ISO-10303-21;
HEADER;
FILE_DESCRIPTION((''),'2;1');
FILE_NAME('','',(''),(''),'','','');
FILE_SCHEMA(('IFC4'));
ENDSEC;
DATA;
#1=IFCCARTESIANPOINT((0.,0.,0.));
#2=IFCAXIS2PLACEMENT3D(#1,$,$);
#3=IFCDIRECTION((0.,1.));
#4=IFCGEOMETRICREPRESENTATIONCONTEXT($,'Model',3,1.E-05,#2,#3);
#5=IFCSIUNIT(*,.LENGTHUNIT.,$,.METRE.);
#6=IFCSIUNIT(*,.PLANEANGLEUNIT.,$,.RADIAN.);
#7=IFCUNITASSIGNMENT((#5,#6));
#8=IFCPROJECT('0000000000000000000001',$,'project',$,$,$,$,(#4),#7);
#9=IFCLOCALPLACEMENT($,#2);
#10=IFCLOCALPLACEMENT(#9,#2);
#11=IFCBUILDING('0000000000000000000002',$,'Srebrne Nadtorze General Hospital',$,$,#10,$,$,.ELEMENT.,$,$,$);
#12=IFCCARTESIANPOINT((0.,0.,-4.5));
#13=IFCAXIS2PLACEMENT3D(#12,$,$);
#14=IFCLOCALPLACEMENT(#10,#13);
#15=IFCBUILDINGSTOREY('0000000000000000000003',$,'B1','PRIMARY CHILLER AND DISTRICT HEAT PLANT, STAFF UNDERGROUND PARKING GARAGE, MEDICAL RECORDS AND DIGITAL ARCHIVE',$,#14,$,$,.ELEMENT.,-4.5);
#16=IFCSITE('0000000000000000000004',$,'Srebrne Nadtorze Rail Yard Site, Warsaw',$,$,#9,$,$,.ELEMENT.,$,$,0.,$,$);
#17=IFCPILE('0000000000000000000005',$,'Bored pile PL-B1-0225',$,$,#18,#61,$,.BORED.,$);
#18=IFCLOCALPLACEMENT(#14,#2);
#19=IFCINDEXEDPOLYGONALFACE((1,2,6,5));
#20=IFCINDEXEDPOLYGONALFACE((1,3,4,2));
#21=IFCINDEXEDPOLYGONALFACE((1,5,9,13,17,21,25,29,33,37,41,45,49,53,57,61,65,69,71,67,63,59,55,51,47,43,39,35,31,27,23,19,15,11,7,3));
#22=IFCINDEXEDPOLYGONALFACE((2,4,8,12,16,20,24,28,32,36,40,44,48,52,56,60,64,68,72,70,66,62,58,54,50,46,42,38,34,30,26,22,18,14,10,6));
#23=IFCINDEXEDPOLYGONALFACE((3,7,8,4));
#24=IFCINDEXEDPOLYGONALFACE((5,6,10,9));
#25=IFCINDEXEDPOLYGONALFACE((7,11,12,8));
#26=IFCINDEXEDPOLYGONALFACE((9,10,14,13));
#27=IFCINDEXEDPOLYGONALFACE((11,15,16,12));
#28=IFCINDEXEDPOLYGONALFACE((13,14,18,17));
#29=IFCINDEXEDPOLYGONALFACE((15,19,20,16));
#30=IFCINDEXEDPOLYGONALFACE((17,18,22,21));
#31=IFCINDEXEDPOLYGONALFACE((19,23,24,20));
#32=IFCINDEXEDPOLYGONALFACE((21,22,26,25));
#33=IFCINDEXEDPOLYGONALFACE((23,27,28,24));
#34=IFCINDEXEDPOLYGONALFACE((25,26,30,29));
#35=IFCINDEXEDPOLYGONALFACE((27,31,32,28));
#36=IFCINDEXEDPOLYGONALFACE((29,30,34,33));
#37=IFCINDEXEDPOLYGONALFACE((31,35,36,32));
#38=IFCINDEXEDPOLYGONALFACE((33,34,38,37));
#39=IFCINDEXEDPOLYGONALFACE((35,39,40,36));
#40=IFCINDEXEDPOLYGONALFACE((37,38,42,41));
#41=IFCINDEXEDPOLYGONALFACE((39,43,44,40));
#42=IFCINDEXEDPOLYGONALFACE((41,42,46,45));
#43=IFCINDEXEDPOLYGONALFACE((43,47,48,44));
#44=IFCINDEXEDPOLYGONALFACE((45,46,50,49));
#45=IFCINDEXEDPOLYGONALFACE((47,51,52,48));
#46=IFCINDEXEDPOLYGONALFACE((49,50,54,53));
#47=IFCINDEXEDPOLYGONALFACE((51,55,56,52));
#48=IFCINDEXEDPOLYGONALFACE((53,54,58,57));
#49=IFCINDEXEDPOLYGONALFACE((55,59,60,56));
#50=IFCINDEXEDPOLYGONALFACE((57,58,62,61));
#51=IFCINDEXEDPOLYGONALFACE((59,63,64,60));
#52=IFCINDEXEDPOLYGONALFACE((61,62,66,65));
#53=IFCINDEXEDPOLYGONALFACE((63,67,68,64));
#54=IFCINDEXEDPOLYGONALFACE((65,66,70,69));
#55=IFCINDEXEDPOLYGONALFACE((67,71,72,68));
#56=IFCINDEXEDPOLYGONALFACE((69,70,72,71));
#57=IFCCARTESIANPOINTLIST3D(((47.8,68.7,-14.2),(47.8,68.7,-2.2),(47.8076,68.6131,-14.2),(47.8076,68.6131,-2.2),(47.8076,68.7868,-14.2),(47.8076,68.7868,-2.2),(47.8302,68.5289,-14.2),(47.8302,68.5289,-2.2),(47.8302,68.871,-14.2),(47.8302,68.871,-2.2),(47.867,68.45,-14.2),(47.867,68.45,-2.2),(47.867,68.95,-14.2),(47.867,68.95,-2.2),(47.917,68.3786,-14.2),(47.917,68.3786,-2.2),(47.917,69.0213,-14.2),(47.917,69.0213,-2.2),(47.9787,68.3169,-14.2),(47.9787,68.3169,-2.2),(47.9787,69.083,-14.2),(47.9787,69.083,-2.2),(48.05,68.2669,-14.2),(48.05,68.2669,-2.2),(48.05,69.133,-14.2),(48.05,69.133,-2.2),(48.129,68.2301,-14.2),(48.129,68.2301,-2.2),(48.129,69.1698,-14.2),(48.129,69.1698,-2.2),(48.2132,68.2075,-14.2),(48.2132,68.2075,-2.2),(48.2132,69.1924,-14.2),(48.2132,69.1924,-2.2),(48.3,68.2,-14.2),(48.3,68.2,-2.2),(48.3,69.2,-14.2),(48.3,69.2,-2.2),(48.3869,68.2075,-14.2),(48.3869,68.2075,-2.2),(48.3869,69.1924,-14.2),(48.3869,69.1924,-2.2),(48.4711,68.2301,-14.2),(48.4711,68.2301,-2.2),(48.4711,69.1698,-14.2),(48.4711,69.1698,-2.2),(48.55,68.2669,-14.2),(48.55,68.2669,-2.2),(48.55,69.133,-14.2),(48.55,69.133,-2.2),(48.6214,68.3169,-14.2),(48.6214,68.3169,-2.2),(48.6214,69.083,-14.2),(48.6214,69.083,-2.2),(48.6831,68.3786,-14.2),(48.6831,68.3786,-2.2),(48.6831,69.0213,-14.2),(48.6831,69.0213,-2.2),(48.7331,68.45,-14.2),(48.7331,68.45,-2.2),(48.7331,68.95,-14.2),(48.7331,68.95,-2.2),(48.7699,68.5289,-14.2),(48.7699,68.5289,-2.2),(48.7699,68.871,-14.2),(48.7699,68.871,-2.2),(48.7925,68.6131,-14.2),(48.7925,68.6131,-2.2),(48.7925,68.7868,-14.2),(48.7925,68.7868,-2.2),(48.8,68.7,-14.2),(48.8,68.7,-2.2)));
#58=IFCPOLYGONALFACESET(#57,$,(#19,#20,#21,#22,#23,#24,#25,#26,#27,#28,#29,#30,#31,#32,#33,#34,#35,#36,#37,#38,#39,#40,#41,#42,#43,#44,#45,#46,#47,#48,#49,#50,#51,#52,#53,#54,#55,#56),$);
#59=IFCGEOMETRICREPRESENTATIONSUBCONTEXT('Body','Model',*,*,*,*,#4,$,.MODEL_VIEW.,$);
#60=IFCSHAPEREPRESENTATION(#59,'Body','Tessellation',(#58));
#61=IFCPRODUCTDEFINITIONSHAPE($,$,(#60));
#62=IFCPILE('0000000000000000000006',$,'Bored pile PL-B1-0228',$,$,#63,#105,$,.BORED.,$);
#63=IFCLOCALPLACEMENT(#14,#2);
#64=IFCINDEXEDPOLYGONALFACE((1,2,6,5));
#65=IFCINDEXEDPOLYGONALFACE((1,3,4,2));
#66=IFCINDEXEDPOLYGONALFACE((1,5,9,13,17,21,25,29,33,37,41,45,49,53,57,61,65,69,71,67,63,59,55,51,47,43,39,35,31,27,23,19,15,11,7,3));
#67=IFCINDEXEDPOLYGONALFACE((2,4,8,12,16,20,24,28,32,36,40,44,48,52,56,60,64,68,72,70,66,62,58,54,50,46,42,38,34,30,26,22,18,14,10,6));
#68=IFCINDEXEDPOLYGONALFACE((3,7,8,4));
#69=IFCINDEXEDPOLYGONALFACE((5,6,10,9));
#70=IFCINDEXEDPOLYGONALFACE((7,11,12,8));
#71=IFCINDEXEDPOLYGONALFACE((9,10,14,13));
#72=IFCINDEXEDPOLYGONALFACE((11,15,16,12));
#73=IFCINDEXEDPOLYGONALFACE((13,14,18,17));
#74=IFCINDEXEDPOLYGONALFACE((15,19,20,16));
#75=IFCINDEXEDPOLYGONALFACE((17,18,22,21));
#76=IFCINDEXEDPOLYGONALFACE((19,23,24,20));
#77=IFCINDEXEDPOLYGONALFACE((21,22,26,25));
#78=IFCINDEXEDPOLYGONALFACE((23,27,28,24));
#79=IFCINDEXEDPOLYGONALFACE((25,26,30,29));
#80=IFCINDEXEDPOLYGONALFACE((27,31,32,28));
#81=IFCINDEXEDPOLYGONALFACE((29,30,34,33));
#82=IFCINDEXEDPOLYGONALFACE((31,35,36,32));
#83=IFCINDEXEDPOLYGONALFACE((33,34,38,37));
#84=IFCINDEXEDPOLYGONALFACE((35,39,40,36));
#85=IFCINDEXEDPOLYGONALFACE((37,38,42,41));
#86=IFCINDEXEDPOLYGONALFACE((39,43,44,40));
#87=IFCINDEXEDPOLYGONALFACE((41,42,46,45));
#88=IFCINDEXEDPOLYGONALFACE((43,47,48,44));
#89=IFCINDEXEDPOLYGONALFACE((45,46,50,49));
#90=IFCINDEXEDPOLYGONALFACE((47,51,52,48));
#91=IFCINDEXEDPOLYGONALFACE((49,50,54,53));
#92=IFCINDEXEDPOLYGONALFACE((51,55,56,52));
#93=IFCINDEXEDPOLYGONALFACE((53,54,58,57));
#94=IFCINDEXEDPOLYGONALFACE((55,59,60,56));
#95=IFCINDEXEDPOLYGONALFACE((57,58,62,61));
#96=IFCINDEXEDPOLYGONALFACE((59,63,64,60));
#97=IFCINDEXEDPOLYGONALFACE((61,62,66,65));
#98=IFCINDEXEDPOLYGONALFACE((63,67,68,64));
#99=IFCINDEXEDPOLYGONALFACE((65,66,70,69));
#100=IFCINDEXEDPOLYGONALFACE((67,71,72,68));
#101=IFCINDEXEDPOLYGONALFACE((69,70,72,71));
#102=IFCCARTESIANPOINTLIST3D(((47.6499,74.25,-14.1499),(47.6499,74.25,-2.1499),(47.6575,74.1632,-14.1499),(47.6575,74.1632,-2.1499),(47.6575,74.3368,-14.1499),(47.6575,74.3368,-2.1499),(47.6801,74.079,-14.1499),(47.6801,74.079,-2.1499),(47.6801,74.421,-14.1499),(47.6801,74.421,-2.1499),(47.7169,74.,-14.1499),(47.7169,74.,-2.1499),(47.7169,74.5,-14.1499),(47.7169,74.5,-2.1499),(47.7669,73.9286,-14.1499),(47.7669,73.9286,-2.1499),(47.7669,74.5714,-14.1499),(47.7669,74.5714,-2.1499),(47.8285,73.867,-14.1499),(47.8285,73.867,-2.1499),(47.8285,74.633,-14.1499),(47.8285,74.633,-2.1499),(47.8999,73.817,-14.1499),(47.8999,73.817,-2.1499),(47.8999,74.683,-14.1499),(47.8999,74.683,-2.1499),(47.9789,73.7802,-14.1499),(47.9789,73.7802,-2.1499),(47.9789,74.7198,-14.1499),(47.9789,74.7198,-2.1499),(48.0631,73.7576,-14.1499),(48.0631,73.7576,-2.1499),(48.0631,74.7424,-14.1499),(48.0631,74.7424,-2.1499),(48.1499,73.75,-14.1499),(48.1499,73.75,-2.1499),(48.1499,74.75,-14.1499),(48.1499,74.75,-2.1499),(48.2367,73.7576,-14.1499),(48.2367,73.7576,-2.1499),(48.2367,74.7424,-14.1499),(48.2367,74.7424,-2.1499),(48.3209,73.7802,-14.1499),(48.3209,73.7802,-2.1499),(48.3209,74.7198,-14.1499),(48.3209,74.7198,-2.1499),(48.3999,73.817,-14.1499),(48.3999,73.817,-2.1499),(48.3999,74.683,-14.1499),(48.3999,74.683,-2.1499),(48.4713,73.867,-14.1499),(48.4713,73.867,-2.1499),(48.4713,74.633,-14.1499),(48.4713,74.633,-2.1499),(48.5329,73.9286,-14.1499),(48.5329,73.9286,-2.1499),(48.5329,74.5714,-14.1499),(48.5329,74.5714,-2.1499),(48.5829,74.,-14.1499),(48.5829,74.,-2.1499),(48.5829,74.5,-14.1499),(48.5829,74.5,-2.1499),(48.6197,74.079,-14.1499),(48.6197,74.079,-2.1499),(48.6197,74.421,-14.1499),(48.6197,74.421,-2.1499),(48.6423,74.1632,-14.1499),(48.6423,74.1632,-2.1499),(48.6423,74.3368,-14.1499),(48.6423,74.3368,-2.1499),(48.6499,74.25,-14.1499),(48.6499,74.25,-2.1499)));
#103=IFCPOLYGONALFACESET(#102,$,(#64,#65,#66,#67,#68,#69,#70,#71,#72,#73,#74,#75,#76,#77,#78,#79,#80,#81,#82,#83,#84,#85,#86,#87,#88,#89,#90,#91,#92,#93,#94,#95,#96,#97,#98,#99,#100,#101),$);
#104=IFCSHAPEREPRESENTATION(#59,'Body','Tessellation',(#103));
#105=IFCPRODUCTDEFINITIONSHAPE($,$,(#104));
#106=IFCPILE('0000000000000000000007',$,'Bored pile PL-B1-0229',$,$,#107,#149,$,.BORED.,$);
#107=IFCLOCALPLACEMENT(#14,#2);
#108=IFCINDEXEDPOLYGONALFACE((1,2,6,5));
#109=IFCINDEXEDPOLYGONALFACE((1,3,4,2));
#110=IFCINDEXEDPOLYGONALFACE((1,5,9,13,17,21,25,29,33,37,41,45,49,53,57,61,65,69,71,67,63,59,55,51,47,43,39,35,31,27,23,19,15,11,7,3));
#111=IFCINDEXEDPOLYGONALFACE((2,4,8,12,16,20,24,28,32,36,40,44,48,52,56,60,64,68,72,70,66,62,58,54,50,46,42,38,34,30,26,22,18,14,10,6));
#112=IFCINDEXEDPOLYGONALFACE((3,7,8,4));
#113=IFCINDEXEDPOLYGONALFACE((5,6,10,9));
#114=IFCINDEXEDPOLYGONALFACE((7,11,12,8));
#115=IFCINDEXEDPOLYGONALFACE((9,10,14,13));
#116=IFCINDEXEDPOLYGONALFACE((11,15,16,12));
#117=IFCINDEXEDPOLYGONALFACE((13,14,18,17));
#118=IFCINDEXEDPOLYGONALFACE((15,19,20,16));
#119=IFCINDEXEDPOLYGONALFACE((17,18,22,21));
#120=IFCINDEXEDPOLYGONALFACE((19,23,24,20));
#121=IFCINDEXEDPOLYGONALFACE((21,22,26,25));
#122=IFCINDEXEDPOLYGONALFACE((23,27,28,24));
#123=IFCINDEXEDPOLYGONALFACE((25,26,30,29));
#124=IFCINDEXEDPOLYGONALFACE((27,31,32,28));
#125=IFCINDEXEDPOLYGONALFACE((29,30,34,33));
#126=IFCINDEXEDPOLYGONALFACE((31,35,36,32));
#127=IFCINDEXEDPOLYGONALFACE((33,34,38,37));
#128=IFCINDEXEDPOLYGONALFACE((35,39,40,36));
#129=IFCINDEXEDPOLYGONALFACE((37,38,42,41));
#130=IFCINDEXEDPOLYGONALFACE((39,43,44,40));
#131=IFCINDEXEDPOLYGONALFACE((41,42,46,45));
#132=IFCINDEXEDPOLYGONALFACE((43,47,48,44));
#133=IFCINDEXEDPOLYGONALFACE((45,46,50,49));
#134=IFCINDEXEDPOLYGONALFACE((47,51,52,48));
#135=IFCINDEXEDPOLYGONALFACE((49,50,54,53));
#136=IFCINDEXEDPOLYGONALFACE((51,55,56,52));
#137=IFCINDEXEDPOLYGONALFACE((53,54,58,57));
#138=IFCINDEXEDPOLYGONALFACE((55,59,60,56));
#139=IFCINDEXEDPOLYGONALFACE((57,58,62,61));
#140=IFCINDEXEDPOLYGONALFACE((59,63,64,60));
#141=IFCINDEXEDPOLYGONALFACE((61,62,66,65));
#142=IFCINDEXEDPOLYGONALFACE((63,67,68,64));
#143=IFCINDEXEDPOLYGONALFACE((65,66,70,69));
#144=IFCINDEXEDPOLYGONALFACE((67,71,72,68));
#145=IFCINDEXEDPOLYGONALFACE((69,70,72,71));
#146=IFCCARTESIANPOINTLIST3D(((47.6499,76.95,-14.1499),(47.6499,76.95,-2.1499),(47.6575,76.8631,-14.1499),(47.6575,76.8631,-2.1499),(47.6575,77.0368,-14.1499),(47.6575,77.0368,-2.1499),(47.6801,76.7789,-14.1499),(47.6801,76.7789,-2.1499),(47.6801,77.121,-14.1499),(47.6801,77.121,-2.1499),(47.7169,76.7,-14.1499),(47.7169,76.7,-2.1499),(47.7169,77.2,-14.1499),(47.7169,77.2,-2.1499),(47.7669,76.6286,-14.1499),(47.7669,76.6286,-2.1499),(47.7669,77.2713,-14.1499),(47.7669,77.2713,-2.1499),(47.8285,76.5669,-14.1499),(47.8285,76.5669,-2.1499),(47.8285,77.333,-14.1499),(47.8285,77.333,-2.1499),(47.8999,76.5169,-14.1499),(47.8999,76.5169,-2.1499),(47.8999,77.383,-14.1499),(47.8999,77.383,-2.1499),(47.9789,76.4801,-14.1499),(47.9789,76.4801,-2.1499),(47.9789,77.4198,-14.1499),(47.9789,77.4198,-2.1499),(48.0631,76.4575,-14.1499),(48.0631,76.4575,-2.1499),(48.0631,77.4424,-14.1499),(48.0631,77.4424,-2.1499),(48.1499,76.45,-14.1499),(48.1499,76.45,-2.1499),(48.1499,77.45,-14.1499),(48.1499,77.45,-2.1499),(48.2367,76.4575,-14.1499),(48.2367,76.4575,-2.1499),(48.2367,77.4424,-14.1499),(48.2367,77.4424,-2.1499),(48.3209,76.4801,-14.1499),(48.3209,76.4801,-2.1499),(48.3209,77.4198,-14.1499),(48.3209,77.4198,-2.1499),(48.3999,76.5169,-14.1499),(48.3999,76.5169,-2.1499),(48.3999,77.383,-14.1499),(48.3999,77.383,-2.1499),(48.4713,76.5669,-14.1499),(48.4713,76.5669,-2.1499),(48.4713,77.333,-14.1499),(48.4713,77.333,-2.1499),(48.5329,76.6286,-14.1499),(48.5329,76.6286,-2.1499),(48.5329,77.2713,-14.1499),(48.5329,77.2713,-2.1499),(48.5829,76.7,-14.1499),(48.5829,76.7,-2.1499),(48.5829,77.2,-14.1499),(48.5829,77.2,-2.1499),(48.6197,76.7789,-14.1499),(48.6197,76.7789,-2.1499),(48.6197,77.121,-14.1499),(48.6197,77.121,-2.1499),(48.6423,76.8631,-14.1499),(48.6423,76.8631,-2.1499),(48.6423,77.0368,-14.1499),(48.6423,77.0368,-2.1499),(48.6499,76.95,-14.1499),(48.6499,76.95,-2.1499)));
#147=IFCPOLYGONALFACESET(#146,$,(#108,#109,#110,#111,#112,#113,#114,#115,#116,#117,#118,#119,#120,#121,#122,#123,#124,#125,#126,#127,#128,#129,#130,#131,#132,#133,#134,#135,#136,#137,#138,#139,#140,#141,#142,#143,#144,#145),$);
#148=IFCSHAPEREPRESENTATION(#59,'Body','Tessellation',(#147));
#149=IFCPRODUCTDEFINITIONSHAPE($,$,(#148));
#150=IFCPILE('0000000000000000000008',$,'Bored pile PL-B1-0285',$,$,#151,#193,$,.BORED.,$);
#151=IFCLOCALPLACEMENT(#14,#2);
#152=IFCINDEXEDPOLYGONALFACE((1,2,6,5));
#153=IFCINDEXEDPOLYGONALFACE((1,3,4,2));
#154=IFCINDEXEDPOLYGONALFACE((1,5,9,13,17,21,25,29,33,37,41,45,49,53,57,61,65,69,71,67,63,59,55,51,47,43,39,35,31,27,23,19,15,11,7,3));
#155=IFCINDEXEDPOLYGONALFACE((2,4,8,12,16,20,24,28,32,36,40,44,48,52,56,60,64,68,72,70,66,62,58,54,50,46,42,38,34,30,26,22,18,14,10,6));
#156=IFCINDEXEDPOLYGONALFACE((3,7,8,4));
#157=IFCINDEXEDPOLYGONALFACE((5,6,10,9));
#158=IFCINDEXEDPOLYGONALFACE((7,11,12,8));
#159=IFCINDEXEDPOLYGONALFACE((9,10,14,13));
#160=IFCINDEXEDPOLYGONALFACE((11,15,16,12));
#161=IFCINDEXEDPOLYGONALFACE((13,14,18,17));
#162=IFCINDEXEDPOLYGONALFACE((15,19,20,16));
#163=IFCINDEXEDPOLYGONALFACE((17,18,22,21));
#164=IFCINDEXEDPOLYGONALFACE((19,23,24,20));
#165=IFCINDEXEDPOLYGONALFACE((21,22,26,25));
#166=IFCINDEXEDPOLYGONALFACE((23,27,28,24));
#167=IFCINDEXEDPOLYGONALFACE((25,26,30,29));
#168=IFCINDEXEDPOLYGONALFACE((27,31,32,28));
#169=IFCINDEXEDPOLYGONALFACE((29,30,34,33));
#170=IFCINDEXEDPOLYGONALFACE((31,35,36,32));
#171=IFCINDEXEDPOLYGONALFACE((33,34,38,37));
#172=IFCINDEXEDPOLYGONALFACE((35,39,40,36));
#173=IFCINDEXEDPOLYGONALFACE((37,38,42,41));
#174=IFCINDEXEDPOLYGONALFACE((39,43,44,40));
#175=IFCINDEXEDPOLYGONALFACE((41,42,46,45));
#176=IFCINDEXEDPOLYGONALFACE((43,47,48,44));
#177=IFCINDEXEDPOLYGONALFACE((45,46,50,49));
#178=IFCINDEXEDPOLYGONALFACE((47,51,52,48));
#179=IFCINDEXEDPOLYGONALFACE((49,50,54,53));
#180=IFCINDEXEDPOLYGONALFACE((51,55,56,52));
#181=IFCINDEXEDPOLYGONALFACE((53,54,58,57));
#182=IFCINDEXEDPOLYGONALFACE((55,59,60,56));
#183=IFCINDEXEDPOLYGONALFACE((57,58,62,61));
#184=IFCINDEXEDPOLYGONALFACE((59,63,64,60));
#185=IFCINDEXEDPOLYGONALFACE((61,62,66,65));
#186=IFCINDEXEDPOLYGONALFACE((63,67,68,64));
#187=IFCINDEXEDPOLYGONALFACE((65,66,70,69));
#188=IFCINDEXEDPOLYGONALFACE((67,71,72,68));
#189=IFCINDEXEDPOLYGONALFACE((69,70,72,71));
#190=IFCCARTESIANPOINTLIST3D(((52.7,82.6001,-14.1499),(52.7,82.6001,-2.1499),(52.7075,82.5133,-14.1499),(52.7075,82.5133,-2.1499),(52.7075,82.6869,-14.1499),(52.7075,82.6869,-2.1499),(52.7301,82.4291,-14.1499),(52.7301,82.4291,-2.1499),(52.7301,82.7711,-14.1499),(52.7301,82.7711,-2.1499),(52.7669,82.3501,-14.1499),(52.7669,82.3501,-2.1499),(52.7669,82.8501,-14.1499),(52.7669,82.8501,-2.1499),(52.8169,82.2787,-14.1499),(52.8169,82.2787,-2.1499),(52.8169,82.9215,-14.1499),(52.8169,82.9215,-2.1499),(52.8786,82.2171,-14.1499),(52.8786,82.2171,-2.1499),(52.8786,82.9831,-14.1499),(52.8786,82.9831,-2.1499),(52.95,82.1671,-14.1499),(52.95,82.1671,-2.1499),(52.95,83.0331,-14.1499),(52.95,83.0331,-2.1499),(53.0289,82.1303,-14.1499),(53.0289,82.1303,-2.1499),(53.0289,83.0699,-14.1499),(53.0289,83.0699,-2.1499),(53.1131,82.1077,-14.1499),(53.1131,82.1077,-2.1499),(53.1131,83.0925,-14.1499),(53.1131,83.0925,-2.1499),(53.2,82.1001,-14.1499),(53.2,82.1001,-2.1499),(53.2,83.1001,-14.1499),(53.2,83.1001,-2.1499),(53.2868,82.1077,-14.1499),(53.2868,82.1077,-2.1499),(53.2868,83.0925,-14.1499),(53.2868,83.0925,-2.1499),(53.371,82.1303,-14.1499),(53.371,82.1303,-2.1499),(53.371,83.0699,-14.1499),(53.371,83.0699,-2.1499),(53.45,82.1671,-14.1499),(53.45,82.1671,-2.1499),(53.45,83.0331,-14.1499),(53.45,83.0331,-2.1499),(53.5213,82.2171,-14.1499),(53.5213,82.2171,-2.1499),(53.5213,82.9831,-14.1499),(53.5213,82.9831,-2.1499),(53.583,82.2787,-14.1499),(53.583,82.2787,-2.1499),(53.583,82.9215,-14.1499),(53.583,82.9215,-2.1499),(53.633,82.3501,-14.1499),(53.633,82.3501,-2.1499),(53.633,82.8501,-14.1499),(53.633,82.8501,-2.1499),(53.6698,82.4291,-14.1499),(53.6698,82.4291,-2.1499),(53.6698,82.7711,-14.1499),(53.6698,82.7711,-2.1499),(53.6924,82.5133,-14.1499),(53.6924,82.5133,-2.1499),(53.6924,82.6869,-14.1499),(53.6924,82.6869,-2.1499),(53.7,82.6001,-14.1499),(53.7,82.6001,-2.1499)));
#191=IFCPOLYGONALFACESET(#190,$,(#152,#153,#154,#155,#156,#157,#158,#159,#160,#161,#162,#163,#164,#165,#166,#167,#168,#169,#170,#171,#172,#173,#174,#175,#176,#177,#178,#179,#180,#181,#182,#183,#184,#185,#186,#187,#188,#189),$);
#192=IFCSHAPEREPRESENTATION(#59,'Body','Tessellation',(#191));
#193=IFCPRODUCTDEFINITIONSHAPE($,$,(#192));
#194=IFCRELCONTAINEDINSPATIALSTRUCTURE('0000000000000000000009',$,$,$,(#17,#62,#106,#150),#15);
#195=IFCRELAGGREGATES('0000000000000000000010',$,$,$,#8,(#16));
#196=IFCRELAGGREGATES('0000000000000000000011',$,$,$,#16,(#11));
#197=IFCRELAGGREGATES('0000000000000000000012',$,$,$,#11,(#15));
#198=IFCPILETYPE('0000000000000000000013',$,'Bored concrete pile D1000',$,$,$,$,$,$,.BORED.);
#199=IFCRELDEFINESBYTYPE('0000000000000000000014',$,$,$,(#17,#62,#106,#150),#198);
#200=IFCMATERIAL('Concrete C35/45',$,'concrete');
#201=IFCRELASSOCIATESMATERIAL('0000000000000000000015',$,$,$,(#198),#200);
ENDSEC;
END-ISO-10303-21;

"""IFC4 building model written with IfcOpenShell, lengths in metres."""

from ifc_helpers import new_model, si_unit, direction, frame, origin, origin_2d, place, context, subcontext, project, spatial, circle, extrude, material, material_profile, profile_set, type_object, element, save


model = new_model("IFC4")

# Units and contexts
model_context = context("Model", 3, precision=1e-05, world=origin(), true_north=direction((0.0, 1.0)))
body_context = subcontext(model_context, "Body", "Model", "MODEL_VIEW")
ifc_project = project(units=[si_unit("LENGTHUNIT", "METRE"), si_unit("PLANEANGLEUNIT", "RADIAN")], contexts=[model_context])

# Site, building, storey
site_placement = place(None, origin())
site = spatial("IfcSite", under=ifc_project, at=site_placement, Name="Srebrne Nadtorze Rail Yard Site, Warsaw", CompositionType="ELEMENT", RefElevation=0.0)
building_placement = place(site_placement, origin())
building = spatial("IfcBuilding", under=site, at=building_placement, Name="Srebrne Nadtorze General Hospital", CompositionType="ELEMENT")
storey_placement = place(building_placement, frame((0.0, 0.0, -4.5)))
storey = spatial("IfcBuildingStorey", under=building, at=storey_placement, Name="B1", Description="PRIMARY CHILLER AND DISTRICT HEAT PLANT, STAFF UNDERGROUND PARKING GARAGE, MEDICAL RECORDS AND DIGITAL ARCHIVE", CompositionType="ELEMENT", Elevation=-4.5)

# Piles
ifc_material_1 = material(Name="Concrete C35/45", Category="concrete")
ifc_material_profile_1 = material_profile(ifc_material_1, circle(Radius=0.5, at=origin_2d()), Name="PILE-D1000")
ifc_profile_set_1 = profile_set([ifc_material_profile_1], Name="Concrete C35/45")
pile_type_1 = type_object("IfcPileType", Name="Bored concrete pile D1000", PredefinedType="BORED", material=ifc_profile_set_1)
for number, where, z_axis, x_axis, name in (
    (1, (48.3, 68.7, -2.2), (0.0, 0.0, -1.0), (1.0, 0.0, 0.0), "Bored pile PL-B1-0225"),
    (2, (48.1499, 74.25, -2.1499), (0.0, 0.0, -1.0), (1.0, 0.0, 0.0), "Bored pile PL-B1-0228"),
    (3, (48.1499, 76.95, -2.1499), (0.0, 0.0, -1.0), (1.0, 0.0, 0.0), "Bored pile PL-B1-0229"),
    (4, (53.2, 82.6001, -2.1499), (0.0, 0.0, -1.0), (1.0, 0.0, 0.0), "Bored pile PL-B1-0285"),
):
    element("IfcPile", number, at=place(storey_placement, frame(where, z_axis=z_axis, x_axis=x_axis)), inside=storey, type_object=pile_type_1, Name=name, PredefinedType="BORED", context=body_context, shape_type="SweptSolid", body=[
        extrude(circle(Radius=0.5, at=origin_2d()), origin(), (0.0, 0.0, 1.0), 12.0),
    ])

save(model, "model.ifc")
